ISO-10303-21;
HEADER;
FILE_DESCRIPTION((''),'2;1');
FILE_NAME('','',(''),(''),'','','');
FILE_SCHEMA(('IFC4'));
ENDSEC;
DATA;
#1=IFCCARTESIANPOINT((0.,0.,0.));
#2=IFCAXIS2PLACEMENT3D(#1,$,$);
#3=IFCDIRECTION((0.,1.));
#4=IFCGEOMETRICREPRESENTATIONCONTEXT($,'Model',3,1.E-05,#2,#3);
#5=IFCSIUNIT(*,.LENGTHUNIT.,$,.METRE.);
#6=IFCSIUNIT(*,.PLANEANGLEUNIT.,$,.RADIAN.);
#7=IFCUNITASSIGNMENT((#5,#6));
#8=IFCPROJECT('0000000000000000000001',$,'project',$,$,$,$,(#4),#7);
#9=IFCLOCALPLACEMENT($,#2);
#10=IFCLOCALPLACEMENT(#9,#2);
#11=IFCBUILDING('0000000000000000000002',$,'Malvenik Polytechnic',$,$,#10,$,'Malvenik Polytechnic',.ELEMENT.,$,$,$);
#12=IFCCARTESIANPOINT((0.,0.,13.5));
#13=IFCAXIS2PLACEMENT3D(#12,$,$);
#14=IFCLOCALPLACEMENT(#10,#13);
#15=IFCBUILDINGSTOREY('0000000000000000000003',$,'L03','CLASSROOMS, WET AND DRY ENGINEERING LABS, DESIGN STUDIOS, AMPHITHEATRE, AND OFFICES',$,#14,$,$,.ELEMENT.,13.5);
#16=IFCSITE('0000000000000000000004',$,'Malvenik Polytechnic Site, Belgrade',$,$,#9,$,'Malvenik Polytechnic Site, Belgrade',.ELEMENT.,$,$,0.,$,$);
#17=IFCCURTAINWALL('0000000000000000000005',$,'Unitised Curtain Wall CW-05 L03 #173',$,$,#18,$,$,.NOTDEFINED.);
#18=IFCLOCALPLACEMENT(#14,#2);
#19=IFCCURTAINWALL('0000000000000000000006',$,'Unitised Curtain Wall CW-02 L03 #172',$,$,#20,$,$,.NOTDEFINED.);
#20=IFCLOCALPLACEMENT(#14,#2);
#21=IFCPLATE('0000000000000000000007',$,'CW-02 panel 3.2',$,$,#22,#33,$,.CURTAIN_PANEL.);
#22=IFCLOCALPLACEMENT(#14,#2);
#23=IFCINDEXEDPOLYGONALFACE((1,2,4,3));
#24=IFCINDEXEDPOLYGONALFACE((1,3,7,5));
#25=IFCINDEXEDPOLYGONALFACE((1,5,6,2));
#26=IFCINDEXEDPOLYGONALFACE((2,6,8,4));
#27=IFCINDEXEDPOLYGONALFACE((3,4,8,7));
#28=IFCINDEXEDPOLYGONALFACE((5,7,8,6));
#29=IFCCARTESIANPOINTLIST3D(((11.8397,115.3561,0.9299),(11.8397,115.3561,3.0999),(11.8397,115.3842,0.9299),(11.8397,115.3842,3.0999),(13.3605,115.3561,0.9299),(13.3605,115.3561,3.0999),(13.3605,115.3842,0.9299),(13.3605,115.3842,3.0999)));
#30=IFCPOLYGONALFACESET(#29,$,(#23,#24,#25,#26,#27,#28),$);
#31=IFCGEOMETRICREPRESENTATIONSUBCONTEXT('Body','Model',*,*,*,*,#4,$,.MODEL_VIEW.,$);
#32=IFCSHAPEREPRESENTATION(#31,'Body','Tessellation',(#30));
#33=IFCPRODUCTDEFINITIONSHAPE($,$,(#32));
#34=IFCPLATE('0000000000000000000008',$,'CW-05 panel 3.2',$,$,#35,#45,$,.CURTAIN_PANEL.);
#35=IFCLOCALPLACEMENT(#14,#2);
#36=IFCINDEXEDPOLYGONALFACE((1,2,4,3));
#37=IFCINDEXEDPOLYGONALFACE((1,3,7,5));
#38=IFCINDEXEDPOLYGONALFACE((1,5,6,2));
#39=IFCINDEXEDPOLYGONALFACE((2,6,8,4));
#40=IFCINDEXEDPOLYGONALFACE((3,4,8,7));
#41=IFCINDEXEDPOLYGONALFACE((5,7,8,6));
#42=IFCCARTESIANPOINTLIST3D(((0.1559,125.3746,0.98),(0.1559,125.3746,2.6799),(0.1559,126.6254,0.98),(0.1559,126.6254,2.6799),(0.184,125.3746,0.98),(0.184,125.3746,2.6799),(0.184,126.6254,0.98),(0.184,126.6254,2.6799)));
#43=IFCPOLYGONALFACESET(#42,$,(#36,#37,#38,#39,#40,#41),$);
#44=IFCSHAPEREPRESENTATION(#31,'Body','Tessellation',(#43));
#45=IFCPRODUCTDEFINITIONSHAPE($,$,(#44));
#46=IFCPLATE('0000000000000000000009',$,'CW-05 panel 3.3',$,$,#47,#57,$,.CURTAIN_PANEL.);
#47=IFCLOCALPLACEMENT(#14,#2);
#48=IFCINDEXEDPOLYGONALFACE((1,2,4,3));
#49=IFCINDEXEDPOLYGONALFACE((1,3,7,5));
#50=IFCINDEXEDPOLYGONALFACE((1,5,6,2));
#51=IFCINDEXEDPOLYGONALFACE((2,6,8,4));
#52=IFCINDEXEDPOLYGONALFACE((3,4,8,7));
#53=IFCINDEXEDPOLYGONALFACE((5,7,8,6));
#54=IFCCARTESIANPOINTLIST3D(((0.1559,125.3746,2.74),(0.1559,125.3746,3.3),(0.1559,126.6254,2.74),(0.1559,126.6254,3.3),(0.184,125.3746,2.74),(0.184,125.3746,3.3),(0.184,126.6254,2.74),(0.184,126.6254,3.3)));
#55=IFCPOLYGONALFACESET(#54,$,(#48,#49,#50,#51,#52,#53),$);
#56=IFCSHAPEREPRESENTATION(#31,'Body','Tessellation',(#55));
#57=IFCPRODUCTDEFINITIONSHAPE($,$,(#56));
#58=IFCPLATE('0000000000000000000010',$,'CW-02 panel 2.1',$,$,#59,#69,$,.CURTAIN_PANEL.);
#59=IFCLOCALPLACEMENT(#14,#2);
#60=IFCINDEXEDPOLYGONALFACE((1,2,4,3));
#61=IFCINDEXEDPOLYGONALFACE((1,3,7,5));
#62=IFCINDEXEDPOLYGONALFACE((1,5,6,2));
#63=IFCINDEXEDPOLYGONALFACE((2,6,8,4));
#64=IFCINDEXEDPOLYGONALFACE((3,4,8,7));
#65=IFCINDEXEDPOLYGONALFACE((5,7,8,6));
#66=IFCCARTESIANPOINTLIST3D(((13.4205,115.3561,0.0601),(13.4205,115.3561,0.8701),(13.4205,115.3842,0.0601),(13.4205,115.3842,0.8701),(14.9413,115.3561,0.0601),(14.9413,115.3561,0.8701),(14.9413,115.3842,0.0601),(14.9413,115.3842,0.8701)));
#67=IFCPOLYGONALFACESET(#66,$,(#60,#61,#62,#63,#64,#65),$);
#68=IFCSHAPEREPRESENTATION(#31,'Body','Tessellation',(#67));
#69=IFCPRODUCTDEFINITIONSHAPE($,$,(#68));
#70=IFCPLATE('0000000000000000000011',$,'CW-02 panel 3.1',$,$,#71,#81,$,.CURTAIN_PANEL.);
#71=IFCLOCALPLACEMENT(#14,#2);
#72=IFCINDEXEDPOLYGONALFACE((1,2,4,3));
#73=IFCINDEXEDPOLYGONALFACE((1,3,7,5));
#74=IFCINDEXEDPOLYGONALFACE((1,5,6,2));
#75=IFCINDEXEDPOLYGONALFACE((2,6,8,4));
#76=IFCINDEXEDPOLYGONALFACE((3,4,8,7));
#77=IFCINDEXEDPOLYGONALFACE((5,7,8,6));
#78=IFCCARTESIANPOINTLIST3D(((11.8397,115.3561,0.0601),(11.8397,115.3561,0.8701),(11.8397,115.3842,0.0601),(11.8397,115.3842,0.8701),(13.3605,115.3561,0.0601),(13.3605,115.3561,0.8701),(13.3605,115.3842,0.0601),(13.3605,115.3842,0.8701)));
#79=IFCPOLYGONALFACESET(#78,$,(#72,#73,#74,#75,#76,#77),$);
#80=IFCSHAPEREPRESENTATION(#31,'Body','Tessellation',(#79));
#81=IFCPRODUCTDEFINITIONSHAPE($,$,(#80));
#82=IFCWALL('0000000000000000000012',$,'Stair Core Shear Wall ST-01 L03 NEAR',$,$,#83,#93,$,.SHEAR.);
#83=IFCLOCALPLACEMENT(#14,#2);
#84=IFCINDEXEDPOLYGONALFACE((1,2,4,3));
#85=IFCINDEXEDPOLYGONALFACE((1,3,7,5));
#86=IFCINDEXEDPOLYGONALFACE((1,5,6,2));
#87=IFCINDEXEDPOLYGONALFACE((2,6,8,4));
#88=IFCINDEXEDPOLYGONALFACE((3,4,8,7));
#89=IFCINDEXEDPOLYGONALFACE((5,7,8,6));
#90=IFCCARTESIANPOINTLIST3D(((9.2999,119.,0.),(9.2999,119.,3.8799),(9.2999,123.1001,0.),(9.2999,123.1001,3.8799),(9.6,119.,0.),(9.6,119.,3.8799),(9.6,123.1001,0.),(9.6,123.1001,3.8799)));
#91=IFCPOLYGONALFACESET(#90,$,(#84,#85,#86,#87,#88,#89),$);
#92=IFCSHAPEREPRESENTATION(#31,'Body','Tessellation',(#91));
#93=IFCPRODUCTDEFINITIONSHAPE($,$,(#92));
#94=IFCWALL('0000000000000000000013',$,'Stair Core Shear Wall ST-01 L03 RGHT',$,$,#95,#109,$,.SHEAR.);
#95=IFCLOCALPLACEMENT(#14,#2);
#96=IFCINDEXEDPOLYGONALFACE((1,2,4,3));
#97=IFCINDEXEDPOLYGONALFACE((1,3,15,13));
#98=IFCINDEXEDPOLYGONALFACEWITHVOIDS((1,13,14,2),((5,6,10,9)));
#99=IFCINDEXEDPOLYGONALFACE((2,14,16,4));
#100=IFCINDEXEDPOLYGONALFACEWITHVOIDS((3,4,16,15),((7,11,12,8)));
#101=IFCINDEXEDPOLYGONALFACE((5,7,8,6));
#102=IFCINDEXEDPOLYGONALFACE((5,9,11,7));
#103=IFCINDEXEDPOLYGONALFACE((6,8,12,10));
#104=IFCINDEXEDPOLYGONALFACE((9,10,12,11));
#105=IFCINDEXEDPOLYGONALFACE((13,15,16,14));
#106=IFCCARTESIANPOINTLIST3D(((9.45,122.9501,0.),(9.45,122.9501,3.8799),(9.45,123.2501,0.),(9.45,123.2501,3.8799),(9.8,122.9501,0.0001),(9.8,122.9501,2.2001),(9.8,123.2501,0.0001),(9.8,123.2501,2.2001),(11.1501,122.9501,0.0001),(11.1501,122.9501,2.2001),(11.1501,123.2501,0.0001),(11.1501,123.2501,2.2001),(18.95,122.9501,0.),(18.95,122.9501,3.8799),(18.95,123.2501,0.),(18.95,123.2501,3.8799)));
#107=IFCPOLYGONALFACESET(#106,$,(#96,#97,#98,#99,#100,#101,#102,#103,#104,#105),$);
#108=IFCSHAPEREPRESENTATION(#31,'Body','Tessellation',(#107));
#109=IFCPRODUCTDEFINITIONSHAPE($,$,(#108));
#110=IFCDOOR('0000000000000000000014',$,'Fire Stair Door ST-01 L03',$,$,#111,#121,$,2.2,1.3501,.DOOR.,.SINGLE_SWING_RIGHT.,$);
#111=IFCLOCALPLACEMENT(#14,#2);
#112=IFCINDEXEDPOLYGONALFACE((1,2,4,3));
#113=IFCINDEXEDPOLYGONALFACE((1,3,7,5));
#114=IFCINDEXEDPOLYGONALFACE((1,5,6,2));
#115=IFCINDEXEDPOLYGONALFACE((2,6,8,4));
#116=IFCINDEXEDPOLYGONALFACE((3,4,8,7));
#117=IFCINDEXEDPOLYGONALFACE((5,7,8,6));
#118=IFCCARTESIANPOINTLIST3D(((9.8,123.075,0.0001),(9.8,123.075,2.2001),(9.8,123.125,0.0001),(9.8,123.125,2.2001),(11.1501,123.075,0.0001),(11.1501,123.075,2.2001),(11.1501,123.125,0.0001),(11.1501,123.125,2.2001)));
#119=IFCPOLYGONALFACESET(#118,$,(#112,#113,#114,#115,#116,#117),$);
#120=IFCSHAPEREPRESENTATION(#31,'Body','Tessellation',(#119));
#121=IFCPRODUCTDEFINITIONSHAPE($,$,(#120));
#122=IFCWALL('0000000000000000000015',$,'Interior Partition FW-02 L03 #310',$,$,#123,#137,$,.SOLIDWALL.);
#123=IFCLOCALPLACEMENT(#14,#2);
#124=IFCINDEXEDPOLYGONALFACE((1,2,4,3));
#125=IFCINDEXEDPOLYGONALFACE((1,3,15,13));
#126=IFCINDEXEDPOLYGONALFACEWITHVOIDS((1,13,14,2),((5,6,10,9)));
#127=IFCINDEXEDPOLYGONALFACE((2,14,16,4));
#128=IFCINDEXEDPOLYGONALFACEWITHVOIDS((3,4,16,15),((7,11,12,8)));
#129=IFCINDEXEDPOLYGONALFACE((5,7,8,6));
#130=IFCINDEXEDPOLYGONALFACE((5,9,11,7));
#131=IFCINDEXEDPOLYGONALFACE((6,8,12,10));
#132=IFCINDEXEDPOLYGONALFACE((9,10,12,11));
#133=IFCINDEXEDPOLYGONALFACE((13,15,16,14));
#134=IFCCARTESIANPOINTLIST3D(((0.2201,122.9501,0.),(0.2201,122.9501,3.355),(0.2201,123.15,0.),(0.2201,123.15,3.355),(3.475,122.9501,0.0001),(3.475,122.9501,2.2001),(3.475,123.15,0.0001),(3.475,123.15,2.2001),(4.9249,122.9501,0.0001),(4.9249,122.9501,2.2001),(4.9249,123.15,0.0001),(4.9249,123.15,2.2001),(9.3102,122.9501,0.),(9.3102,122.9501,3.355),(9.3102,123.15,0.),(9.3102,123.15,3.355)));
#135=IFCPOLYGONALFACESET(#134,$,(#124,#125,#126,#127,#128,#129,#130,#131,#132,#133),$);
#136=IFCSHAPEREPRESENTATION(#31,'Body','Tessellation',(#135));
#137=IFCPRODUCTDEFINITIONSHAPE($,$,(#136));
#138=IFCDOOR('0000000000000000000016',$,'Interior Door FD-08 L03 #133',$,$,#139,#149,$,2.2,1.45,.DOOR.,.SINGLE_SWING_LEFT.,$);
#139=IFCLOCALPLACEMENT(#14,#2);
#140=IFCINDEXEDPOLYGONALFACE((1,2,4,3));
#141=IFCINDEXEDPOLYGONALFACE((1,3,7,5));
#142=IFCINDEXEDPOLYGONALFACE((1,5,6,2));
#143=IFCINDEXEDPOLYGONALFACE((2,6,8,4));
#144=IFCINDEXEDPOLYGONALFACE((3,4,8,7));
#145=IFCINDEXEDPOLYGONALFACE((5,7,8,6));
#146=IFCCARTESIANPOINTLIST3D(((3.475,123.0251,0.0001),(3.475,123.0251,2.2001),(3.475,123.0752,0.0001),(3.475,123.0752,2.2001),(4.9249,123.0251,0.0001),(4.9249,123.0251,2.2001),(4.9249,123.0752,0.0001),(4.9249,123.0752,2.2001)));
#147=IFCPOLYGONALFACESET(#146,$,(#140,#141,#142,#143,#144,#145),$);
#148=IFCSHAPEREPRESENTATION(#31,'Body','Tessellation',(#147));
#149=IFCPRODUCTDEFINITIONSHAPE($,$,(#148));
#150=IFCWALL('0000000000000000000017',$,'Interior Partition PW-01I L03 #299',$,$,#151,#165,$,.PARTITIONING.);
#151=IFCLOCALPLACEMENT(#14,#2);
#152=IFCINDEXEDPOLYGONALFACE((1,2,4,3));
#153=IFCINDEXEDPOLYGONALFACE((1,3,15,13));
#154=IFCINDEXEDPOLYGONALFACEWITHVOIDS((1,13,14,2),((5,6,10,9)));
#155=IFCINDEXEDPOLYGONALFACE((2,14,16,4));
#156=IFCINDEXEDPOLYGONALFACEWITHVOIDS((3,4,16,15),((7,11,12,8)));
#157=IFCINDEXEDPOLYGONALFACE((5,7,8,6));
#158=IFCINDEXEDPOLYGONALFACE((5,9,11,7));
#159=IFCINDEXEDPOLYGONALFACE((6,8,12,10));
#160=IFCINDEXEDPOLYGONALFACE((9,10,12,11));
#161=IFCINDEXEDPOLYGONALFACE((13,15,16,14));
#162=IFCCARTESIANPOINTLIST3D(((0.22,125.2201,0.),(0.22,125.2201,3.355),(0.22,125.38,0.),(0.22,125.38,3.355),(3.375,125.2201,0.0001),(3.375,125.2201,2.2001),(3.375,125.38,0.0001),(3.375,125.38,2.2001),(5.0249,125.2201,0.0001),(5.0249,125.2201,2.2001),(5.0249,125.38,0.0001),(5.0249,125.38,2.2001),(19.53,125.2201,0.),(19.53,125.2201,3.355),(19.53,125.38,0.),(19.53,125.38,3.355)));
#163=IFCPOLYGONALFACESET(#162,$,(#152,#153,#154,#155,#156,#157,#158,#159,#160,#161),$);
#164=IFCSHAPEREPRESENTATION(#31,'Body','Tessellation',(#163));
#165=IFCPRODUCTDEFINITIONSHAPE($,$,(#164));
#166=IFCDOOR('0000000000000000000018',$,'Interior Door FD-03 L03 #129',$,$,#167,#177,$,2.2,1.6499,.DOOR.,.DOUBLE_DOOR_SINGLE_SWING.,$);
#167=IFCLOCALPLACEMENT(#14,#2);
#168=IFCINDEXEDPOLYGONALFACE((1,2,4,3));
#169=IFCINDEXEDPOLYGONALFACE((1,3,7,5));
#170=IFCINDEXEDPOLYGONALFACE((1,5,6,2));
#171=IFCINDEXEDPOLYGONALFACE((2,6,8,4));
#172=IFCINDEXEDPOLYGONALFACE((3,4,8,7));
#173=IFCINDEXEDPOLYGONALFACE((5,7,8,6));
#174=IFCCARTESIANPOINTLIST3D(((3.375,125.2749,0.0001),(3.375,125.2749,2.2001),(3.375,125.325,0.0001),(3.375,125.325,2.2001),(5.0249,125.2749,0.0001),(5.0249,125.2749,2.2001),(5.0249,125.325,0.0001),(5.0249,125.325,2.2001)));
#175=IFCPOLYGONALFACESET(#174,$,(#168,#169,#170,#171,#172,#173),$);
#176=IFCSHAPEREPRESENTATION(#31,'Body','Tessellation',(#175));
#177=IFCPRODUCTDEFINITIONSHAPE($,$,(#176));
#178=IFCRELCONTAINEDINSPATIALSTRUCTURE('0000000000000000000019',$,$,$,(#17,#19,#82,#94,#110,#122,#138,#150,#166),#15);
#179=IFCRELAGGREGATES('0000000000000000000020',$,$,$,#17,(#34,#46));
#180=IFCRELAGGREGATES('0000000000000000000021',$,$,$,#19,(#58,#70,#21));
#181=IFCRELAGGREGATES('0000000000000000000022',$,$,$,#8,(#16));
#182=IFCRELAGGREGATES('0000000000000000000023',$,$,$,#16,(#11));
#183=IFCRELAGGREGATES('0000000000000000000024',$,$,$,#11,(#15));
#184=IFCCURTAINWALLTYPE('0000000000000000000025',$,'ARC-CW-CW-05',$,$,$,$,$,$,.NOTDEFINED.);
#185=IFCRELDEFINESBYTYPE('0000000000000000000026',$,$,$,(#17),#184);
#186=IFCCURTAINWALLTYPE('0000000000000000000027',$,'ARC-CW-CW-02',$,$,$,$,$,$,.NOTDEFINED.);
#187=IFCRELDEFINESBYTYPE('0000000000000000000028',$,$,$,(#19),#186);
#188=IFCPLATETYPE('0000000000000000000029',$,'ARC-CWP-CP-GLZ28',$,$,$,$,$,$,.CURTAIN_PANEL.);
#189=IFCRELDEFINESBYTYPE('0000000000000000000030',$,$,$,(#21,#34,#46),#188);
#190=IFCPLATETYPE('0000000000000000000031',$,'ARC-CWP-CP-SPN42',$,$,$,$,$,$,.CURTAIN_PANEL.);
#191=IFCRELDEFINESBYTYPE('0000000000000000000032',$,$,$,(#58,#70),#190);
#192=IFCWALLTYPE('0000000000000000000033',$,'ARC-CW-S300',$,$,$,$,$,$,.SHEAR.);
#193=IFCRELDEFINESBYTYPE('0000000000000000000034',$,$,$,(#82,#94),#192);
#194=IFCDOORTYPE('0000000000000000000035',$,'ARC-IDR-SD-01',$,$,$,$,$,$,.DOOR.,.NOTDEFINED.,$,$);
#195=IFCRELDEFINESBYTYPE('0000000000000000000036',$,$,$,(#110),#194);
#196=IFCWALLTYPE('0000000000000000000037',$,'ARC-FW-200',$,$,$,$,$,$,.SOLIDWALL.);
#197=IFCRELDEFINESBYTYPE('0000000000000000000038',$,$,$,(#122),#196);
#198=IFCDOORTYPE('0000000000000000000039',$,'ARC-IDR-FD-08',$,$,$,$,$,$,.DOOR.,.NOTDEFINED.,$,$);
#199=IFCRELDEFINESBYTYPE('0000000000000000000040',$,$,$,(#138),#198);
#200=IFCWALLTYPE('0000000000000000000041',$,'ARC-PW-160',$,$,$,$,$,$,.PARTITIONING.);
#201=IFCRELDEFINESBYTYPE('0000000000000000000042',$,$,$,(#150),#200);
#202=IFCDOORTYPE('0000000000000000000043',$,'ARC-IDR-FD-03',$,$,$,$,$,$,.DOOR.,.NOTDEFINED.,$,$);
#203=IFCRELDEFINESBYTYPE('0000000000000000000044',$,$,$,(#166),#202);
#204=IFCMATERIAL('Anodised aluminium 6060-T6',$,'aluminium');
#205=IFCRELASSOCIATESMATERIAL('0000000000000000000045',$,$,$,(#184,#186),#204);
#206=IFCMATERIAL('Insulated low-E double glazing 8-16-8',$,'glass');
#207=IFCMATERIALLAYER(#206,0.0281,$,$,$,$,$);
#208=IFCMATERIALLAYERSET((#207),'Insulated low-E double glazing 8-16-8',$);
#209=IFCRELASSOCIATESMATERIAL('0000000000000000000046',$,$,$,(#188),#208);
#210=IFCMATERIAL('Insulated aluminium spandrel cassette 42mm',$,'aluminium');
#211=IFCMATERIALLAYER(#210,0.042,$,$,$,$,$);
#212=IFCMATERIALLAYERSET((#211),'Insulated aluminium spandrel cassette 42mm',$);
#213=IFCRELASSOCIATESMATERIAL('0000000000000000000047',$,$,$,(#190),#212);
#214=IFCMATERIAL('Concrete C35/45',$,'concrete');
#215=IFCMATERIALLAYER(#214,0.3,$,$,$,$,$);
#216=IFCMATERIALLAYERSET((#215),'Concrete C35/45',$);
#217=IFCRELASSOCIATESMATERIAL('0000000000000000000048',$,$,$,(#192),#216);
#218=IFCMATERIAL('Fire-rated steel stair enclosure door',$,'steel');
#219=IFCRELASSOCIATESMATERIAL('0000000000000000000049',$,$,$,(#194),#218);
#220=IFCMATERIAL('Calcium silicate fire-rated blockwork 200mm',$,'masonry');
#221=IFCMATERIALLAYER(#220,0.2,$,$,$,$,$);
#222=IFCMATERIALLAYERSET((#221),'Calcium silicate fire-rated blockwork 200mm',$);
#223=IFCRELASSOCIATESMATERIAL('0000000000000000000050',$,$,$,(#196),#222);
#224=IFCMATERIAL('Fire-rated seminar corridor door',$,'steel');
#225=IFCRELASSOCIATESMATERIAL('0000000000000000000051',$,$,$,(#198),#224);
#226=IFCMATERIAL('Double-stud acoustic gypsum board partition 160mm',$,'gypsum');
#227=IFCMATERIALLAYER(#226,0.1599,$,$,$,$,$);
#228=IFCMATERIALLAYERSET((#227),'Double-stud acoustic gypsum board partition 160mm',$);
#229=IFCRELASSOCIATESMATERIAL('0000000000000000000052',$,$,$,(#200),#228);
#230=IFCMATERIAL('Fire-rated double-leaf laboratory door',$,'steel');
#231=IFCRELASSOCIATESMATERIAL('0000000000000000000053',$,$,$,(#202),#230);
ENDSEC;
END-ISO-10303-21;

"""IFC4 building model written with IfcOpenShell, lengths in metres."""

from ifc_helpers import new_model, si_unit, direction, frame, frame_2d, origin, origin_2d, place, context, subcontext, project, spatial, rectangle, extrude, material, layer, layer_set, type_object, element, fill, aggregate, save


model = new_model("IFC4")

# Units and contexts
model_context = context("Model", 3, precision=1e-05, world=origin(), true_north=direction((0.0, 1.0)))
body_context = subcontext(model_context, "Body", "Model", "MODEL_VIEW")
ifc_project = project(units=[si_unit("LENGTHUNIT", "METRE"), si_unit("PLANEANGLEUNIT", "RADIAN")], contexts=[model_context])

# Site, building, storey
site_placement = place(None, origin())
site = spatial("IfcSite", under=ifc_project, at=site_placement, Name="Malvenik Polytechnic Site, Belgrade", LongName="Malvenik Polytechnic Site, Belgrade", CompositionType="ELEMENT", RefElevation=0.0)
building_placement = place(site_placement, origin())
building = spatial("IfcBuilding", under=site, at=building_placement, Name="Malvenik Polytechnic", LongName="Malvenik Polytechnic", CompositionType="ELEMENT")
storey_placement = place(building_placement, frame((0.0, 0.0, 13.5)))
storey = spatial("IfcBuildingStorey", under=building, at=storey_placement, Name="L03", Description="CLASSROOMS, WET AND DRY ENGINEERING LABS, DESIGN STUDIOS, AMPHITHEATRE, AND OFFICES", CompositionType="ELEMENT", Elevation=13.5)

# Shared definitions
ifc_material_1 = material(Name="Concrete C35/45", Category="concrete")

# Curtain wall
ifc_material_2 = material(Name="Anodised aluminium 6060-T6", Category="aluminium")
curtain_wall_type_1 = type_object("IfcCurtainWallType", Name="ARC-CW-CW-05", PredefinedType="NOTDEFINED", material=ifc_material_2)
curtain_wall_1_placement = place(storey_placement, origin())
curtain_wall_1 = element("IfcCurtainWall", 1, at=curtain_wall_1_placement, inside=storey, type_object=curtain_wall_type_1, Name="Unitised Curtain Wall CW-05 L03 #173", PredefinedType="NOTDEFINED")

# Curtain wall
curtain_wall_type_2 = type_object("IfcCurtainWallType", Name="ARC-CW-CW-02", PredefinedType="NOTDEFINED", material=ifc_material_2)
curtain_wall_2_placement = place(storey_placement, origin())
curtain_wall_2 = element("IfcCurtainWall", 2, at=curtain_wall_2_placement, inside=storey, type_object=curtain_wall_type_2, Name="Unitised Curtain Wall CW-02 L03 #172", PredefinedType="NOTDEFINED")

# Plates
ifc_material_3 = material(Name="Insulated low-E double glazing 8-16-8", Category="glass")
ifc_layer_1 = layer(ifc_material_3, 0.0281)
ifc_layer_set_1 = layer_set([ifc_layer_1], Name="Insulated low-E double glazing 8-16-8")
plate_type_1 = type_object("IfcPlateType", Name="ARC-CWP-CP-GLZ28", PredefinedType="CURTAIN_PANEL", material=ifc_layer_set_1)
plate_1_placement = place(storey_placement, frame((12.6001, 115.3701, 0.9299), z_axis=(0.0, 0.0, 1.0), x_axis=(-1.0, 0.0, 0.0)))
plate_1 = element("IfcPlate", 3, at=plate_1_placement, type_object=plate_type_1, Name="CW-02 panel 3.2", PredefinedType="CURTAIN_PANEL", context=body_context, shape_type="SweptSolid", body=[
    extrude(rectangle(XDim=1.5208, YDim=0.0281, at=origin_2d()), origin(), (0.0, 0.0, 1.0), 2.1699),
])
plate_2_placement = place(storey_placement, frame((0.1699, 126.0, 0.98), z_axis=(0.0, 0.0, 1.0), x_axis=(0.0, 1.0, 0.0)))
plate_2 = element("IfcPlate", 4, at=plate_2_placement, type_object=plate_type_1, Name="CW-05 panel 3.2", PredefinedType="CURTAIN_PANEL", context=body_context, shape_type="SweptSolid", body=[
    extrude(rectangle(XDim=1.2507, YDim=0.0281, at=origin_2d()), origin(), (0.0, 0.0, 1.0), 1.7),
])
plate_3_placement = place(storey_placement, frame((0.1699, 126.0, 2.74), z_axis=(0.0, 0.0, 1.0), x_axis=(0.0, 1.0, 0.0)))
plate_3 = element("IfcPlate", 5, at=plate_3_placement, type_object=plate_type_1, Name="CW-05 panel 3.3", PredefinedType="CURTAIN_PANEL", context=body_context, shape_type="SweptSolid", body=[
    extrude(rectangle(XDim=1.2507, YDim=0.0281, at=origin_2d()), origin(), (0.0, 0.0, 1.0), 0.5601),
])
aggregate(curtain_wall_1, [plate_2, plate_3])
ifc_material_4 = material(Name="Insulated aluminium spandrel cassette 42mm", Category="aluminium")
ifc_layer_2 = layer(ifc_material_4, 0.042)
ifc_layer_set_2 = layer_set([ifc_layer_2], Name="Insulated aluminium spandrel cassette 42mm")
plate_type_2 = type_object("IfcPlateType", Name="ARC-CWP-CP-SPN42", PredefinedType="CURTAIN_PANEL", material=ifc_layer_set_2)
plate_4_placement = place(storey_placement, frame((14.1809, 115.3701, 0.0601), z_axis=(0.0, 0.0, 1.0), x_axis=(-1.0, 0.0, 0.0)))
plate_4 = element("IfcPlate", 6, at=plate_4_placement, type_object=plate_type_2, Name="CW-02 panel 2.1", PredefinedType="CURTAIN_PANEL", context=body_context, shape_type="SweptSolid", body=[
    extrude(rectangle(XDim=1.5208, YDim=0.0281, at=origin_2d()), origin(), (0.0, 0.0, 1.0), 0.8101),
])
plate_5_placement = place(storey_placement, frame((12.6001, 115.3701, 0.0601), z_axis=(0.0, 0.0, 1.0), x_axis=(-1.0, 0.0, 0.0)))
plate_5 = element("IfcPlate", 7, at=plate_5_placement, type_object=plate_type_2, Name="CW-02 panel 3.1", PredefinedType="CURTAIN_PANEL", context=body_context, shape_type="SweptSolid", body=[
    extrude(rectangle(XDim=1.5208, YDim=0.0281, at=origin_2d()), origin(), (0.0, 0.0, 1.0), 0.8101),
])
aggregate(curtain_wall_2, [plate_4, plate_5, plate_1])

# Wall
ifc_layer_3 = layer(ifc_material_1, 0.3)
ifc_layer_set_3 = layer_set([ifc_layer_3], Name="Concrete C35/45")
wall_type_1 = type_object("IfcWallType", Name="ARC-CW-S300", PredefinedType="SHEAR", material=ifc_layer_set_3)
wall_1_placement = place(storey_placement, frame((9.45, 119.0, 0.0), z_axis=(0.0, 0.0, 1.0), x_axis=(0.0, 1.0, 0.0)))
element("IfcWall", 8, at=wall_1_placement, inside=storey, type_object=wall_type_1, Name="Stair Core Shear Wall ST-01 L03 NEAR", PredefinedType="SHEAR", context=body_context, shape_type="SweptSolid", body=[
    extrude(rectangle(XDim=4.1001, YDim=0.3, at=frame_2d((2.05, 0.0))), origin(), (0.0, 0.0, 1.0), 3.8799),
])

# Walls, openings, doors
wall_2_placement = place(storey_placement, frame((9.45, 123.1001, 0.0), z_axis=(0.0, 0.0, 1.0), x_axis=(1.0, 0.0, 0.0)))
wall_2 = element("IfcWall", 9, at=wall_2_placement, inside=storey, type_object=wall_type_1, Name="Stair Core Shear Wall ST-01 L03 RGHT", PredefinedType="SHEAR", context=body_context, shape_type="SweptSolid", body=[
    extrude(rectangle(XDim=9.5, YDim=0.3, at=frame_2d((4.75, 0.0))), origin(), (0.0, 0.0, 1.0), 3.8799),
])
opening_1_placement = place(wall_2_placement, frame((0.3501, 0.0, 0.0)))
opening_1 = element("IfcOpeningElement", 10, at=opening_1_placement, cuts=wall_2, PredefinedType="OPENING", context=body_context, shape_type="SweptSolid", body=[
    extrude(rectangle(XDim=1.3501, YDim=2.2, at=frame_2d((0.675, 1.1001))), frame((0.0, 0.1602, 0.0), z_axis=(0.0, -1.0, 0.0), x_axis=(1.0, 0.0, 0.0)), (0.0, 0.0, 1.0), 0.3201),
])
ifc_material_5 = material(Name="Fire-rated steel stair enclosure door", Category="steel")
door_type_1 = type_object("IfcDoorType", Name="ARC-IDR-SD-01", OperationType="NOTDEFINED", PredefinedType="DOOR", material=ifc_material_5)
door_1_placement = place(opening_1_placement, origin())
door_1 = element("IfcDoor", 11, at=door_1_placement, inside=storey, type_object=door_type_1, Name="Fire Stair Door ST-01 L03", OperationType="SINGLE_SWING_RIGHT", OverallHeight=2.2, OverallWidth=1.3501, PredefinedType="DOOR", context=body_context, shape_type="SweptSolid", body=[
    extrude(rectangle(XDim=1.3501, YDim=2.2, at=frame_2d((0.675, 1.1001))), frame((0.0, 0.0249, 0.0), z_axis=(0.0, -1.0, 0.0), x_axis=(1.0, 0.0, 0.0)), (0.0, 0.0, 1.0), 0.05),
])
fill(opening_1, door_1)
ifc_material_6 = material(Name="Calcium silicate fire-rated blockwork 200mm", Category="masonry")
ifc_layer_4 = layer(ifc_material_6, 0.2)
ifc_layer_set_4 = layer_set([ifc_layer_4], Name="Calcium silicate fire-rated blockwork 200mm")
wall_type_2 = type_object("IfcWallType", Name="ARC-FW-200", PredefinedType="SOLIDWALL", material=ifc_layer_set_4)
wall_3_placement = place(storey_placement, frame((9.3101, 123.05, 0.0), z_axis=(0.0, 0.0, 1.0), x_axis=(-1.0, 0.0, 0.0)))
wall_3 = element("IfcWall", 12, at=wall_3_placement, inside=storey, type_object=wall_type_2, Name="Interior Partition FW-02 L03 #310", PredefinedType="SOLIDWALL", context=body_context, shape_type="SweptSolid", body=[
    extrude(rectangle(XDim=9.0901, YDim=0.2, at=frame_2d((4.5449, 0.0))), origin(), (0.0, 0.0, 1.0), 3.355),
])
opening_2_placement = place(wall_3_placement, frame((4.385, 0.0, 0.0)))
opening_2 = element("IfcOpeningElement", 13, at=opening_2_placement, cuts=wall_3, PredefinedType="OPENING", context=body_context, shape_type="SweptSolid", body=[
    extrude(rectangle(XDim=1.45, YDim=2.2, at=frame_2d((0.7251, 1.1001))), frame((0.0, 0.1099, 0.0), z_axis=(0.0, -1.0, 0.0), x_axis=(1.0, 0.0, 0.0)), (0.0, 0.0, 1.0), 0.22),
])
ifc_material_7 = material(Name="Fire-rated seminar corridor door", Category="steel")
door_type_2 = type_object("IfcDoorType", Name="ARC-IDR-FD-08", OperationType="NOTDEFINED", PredefinedType="DOOR", material=ifc_material_7)
door_2_placement = place(opening_2_placement, origin())
door_2 = element("IfcDoor", 14, at=door_2_placement, inside=storey, type_object=door_type_2, Name="Interior Door FD-08 L03 #133", OperationType="SINGLE_SWING_LEFT", OverallHeight=2.2, OverallWidth=1.45, PredefinedType="DOOR", context=body_context, shape_type="SweptSolid", body=[
    extrude(rectangle(XDim=1.45, YDim=2.2, at=frame_2d((0.7251, 1.1001))), frame((0.0, 0.0249, 0.0), z_axis=(0.0, -1.0, 0.0), x_axis=(1.0, 0.0, 0.0)), (0.0, 0.0, 1.0), 0.05),
])
fill(opening_2, door_2)
ifc_material_8 = material(Name="Double-stud acoustic gypsum board partition 160mm", Category="gypsum")
ifc_layer_5 = layer(ifc_material_8, 0.1599)
ifc_layer_set_5 = layer_set([ifc_layer_5], Name="Double-stud acoustic gypsum board partition 160mm")
wall_type_3 = type_object("IfcWallType", Name="ARC-PW-160", PredefinedType="PARTITIONING", material=ifc_layer_set_5)
wall_4_placement = place(storey_placement, frame((0.22, 125.3, 0.0), z_axis=(0.0, 0.0, 1.0), x_axis=(1.0, 0.0, 0.0)))
wall_4 = element("IfcWall", 15, at=wall_4_placement, inside=storey, type_object=wall_type_3, Name="Interior Partition PW-01I L03 #299", PredefinedType="PARTITIONING", context=body_context, shape_type="SweptSolid", body=[
    extrude(rectangle(XDim=19.3101, YDim=0.1599, at=frame_2d((9.655, 0.0))), origin(), (0.0, 0.0, 1.0), 3.355),
])
opening_3_placement = place(wall_4_placement, frame((3.155, 0.0, 0.0)))
opening_3 = element("IfcOpeningElement", 16, at=opening_3_placement, cuts=wall_4, PredefinedType="OPENING", context=body_context, shape_type="SweptSolid", body=[
    extrude(rectangle(XDim=1.6499, YDim=2.2, at=frame_2d((0.825, 1.1001))), frame((0.0, 0.0898, 0.0), z_axis=(0.0, -1.0, 0.0), x_axis=(1.0, 0.0, 0.0)), (0.0, 0.0, 1.0), 0.1799),
])
ifc_material_9 = material(Name="Fire-rated double-leaf laboratory door", Category="steel")
door_type_3 = type_object("IfcDoorType", Name="ARC-IDR-FD-03", OperationType="NOTDEFINED", PredefinedType="DOOR", material=ifc_material_9)
door_3_placement = place(opening_3_placement, origin())
door_3 = element("IfcDoor", 17, at=door_3_placement, inside=storey, type_object=door_type_3, Name="Interior Door FD-03 L03 #129", OperationType="DOUBLE_DOOR_SINGLE_SWING", OverallHeight=2.2, OverallWidth=1.6499, PredefinedType="DOOR", context=body_context, shape_type="SweptSolid", body=[
    extrude(rectangle(XDim=1.6499, YDim=2.2, at=frame_2d((0.825, 1.1001))), frame((0.0, 0.0249, 0.0), z_axis=(0.0, -1.0, 0.0), x_axis=(1.0, 0.0, 0.0)), (0.0, 0.0, 1.0), 0.05),
])
fill(opening_3, door_3)

save(model, "model.ifc")
